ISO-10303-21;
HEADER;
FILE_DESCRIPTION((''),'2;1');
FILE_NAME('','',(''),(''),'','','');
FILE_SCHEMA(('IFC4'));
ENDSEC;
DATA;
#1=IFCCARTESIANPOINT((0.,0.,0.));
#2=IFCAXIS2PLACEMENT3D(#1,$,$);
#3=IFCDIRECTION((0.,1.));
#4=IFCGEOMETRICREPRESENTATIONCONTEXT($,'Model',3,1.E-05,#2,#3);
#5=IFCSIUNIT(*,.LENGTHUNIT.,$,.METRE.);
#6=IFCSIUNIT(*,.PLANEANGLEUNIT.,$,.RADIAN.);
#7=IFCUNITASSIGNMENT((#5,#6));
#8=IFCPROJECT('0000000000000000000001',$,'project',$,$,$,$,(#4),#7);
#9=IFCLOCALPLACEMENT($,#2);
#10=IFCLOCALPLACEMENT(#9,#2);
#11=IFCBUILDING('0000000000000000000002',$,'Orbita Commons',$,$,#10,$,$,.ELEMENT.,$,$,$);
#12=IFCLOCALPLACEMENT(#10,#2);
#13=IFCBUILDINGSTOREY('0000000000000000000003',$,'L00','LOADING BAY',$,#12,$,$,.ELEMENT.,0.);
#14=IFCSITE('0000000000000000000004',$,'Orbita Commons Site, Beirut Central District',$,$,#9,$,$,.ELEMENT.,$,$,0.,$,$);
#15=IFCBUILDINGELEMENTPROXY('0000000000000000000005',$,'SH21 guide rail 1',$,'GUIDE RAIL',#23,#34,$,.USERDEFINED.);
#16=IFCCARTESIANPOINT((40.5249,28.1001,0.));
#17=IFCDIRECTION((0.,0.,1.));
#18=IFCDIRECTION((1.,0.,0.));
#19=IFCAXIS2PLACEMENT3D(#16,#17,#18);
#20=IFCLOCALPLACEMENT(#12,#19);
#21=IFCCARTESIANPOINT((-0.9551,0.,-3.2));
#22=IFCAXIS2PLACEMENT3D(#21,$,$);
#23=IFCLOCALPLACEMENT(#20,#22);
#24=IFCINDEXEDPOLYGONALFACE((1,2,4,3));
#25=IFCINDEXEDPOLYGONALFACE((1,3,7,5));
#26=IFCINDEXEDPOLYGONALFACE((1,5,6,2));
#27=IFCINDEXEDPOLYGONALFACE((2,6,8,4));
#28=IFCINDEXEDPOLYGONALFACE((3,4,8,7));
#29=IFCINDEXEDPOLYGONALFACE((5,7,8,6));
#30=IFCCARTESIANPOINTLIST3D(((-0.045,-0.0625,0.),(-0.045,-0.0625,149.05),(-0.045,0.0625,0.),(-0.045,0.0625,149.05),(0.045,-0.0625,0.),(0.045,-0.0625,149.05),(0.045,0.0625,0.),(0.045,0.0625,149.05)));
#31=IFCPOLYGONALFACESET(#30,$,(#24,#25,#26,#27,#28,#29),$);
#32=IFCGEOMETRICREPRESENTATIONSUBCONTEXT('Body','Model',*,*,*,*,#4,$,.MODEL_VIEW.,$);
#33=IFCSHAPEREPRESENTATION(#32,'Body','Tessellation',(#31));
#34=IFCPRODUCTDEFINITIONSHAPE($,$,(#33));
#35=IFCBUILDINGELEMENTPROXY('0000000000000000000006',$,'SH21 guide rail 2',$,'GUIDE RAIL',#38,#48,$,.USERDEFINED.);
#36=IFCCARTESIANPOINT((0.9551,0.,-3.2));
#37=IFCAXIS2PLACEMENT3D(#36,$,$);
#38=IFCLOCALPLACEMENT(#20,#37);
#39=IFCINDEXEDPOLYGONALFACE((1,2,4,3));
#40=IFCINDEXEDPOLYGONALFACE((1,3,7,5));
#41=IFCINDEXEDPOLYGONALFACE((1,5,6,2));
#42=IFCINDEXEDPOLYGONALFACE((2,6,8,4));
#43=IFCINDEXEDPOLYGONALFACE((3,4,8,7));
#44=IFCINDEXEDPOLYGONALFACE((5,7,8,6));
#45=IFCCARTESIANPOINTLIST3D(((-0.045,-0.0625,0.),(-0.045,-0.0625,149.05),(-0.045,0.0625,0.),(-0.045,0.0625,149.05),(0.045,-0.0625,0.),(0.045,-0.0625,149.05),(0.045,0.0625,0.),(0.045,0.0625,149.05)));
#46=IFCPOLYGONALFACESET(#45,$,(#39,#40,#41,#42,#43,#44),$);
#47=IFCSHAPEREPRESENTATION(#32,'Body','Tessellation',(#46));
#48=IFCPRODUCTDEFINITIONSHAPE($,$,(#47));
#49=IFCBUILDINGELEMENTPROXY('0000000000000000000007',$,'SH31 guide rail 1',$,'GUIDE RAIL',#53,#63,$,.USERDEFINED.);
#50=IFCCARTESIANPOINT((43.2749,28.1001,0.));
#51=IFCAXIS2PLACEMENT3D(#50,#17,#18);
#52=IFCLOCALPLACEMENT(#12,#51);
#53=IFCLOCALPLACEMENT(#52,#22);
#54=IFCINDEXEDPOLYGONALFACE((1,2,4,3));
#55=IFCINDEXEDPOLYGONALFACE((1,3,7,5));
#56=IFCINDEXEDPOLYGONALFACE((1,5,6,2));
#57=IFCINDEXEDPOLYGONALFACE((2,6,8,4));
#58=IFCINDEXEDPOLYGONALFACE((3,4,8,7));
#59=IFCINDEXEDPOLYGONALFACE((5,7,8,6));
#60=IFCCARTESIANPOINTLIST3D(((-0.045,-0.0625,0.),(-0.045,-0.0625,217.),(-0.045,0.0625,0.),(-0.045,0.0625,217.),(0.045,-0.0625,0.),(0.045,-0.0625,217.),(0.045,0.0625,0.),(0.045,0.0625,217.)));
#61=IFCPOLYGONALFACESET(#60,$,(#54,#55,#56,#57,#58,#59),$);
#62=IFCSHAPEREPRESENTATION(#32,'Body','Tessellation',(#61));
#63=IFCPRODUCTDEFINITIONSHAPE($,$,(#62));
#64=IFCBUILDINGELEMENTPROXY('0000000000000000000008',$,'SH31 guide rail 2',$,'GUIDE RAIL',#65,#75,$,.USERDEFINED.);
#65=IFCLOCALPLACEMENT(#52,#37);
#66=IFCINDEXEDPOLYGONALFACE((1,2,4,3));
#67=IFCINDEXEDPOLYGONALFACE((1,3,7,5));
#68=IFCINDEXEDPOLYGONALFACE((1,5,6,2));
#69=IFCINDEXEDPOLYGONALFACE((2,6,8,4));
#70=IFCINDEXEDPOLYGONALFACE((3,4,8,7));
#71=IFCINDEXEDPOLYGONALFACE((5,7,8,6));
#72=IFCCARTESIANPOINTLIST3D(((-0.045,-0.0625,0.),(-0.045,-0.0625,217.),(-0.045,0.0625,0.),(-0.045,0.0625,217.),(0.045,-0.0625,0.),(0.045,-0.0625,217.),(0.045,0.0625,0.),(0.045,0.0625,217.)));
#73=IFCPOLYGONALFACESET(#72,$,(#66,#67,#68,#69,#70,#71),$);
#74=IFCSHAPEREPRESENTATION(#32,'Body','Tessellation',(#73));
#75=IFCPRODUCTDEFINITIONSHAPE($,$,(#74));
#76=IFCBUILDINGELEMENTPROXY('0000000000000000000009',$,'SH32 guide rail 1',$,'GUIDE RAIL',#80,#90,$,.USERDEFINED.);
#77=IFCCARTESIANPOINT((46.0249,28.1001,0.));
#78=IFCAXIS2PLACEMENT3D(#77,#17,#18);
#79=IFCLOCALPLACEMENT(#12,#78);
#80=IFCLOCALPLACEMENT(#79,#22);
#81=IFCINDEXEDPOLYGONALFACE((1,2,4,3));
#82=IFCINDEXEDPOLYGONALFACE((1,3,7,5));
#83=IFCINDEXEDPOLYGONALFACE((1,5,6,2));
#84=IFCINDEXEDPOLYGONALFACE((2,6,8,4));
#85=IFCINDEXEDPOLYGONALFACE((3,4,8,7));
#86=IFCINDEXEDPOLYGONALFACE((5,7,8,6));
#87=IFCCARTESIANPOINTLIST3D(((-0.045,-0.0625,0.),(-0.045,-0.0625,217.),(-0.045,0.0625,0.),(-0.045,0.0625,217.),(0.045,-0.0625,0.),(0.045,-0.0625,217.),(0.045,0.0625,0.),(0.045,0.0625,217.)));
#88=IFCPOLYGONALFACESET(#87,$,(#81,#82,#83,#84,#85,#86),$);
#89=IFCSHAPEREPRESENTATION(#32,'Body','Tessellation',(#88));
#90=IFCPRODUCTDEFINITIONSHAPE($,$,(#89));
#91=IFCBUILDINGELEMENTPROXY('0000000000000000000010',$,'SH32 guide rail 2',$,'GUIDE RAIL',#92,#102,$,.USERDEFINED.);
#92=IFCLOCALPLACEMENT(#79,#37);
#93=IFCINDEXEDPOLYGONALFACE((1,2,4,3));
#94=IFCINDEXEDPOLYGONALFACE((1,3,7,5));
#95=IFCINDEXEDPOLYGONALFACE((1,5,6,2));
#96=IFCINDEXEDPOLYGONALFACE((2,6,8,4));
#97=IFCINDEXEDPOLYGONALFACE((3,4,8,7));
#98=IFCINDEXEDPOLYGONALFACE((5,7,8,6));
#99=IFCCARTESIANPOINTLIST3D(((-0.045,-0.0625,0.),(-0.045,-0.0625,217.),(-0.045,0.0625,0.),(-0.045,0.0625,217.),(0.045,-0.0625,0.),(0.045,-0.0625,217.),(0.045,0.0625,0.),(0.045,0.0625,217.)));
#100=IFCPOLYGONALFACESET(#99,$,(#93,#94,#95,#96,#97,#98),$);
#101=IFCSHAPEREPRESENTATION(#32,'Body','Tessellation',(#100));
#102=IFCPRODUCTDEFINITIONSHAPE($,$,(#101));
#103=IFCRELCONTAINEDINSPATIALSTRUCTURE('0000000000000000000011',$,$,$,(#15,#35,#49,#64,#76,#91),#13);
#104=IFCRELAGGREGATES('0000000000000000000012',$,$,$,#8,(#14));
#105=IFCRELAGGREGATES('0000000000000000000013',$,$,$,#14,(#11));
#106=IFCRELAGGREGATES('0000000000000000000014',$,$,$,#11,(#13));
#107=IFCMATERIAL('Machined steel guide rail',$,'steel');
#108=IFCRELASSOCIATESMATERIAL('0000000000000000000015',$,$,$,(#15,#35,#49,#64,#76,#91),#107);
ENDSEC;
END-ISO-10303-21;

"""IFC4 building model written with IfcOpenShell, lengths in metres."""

from ifc_helpers import new_model, si_unit, direction, frame, origin, origin_2d, place, context, subcontext, project, spatial, rectangle, extrude, material, element, save


model = new_model("IFC4")

# Units and contexts
model_context = context("Model", 3, precision=1e-05, world=origin(), true_north=direction((0.0, 1.0)))
body_context = subcontext(model_context, "Body", "Model", "MODEL_VIEW")
ifc_project = project(units=[si_unit("LENGTHUNIT", "METRE"), si_unit("PLANEANGLEUNIT", "RADIAN")], contexts=[model_context])

# Site, building, storey
site_placement = place(None, origin())
site = spatial("IfcSite", under=ifc_project, at=site_placement, Name="Orbita Commons Site, Beirut Central District", CompositionType="ELEMENT", RefElevation=0.0)
building_placement = place(site_placement, origin())
building = spatial("IfcBuilding", under=site, at=building_placement, Name="Orbita Commons", CompositionType="ELEMENT")
storey_placement = place(building_placement, origin())
storey = spatial("IfcBuildingStorey", under=building, at=storey_placement, Name="L00", Description="LOADING BAY", CompositionType="ELEMENT", Elevation=0.0)

# Shared definitions
transport_element_1_placement = place(storey_placement, frame((40.5249, 28.1001, 0.0), z_axis=(0.0, 0.0, 1.0), x_axis=(1.0, 0.0, 0.0)))
transport_element_2_placement = place(storey_placement, frame((43.2749, 28.1001, 0.0), z_axis=(0.0, 0.0, 1.0), x_axis=(1.0, 0.0, 0.0)))
transport_element_3_placement = place(storey_placement, frame((46.0249, 28.1001, 0.0), z_axis=(0.0, 0.0, 1.0), x_axis=(1.0, 0.0, 0.0)))

# Building element proxies
ifc_material_1 = material(Name="Machined steel guide rail", Category="steel")
for number, where, name in (
    (1, (-0.9551, 0.0, -3.2), "SH21 guide rail 1"),
    (2, (0.9551, 0.0, -3.2), "SH21 guide rail 2"),
):
    element("IfcBuildingElementProxy", number, at=place(transport_element_1_placement, frame(where)), inside=storey, material=ifc_material_1, Name=name, ObjectType="GUIDE RAIL", PredefinedType="USERDEFINED", context=body_context, shape_type="SweptSolid", body=[
        extrude(rectangle(XDim=0.09, YDim=0.125, at=origin_2d()), origin(), (0.0, 0.0, 1.0), 149.05),
    ])
for number, where, name in (
    (3, (-0.9551, 0.0, -3.2), "SH31 guide rail 1"),
    (4, (0.9551, 0.0, -3.2), "SH31 guide rail 2"),
):
    element("IfcBuildingElementProxy", number, at=place(transport_element_2_placement, frame(where)), inside=storey, material=ifc_material_1, Name=name, ObjectType="GUIDE RAIL", PredefinedType="USERDEFINED", context=body_context, shape_type="SweptSolid", body=[
        extrude(rectangle(XDim=0.09, YDim=0.125, at=origin_2d()), origin(), (0.0, 0.0, 1.0), 217.0),
    ])
for number, where, name in (
    (5, (-0.9551, 0.0, -3.2), "SH32 guide rail 1"),
    (6, (0.9551, 0.0, -3.2), "SH32 guide rail 2"),
):
    element("IfcBuildingElementProxy", number, at=place(transport_element_3_placement, frame(where)), inside=storey, material=ifc_material_1, Name=name, ObjectType="GUIDE RAIL", PredefinedType="USERDEFINED", context=body_context, shape_type="SweptSolid", body=[
        extrude(rectangle(XDim=0.09, YDim=0.125, at=origin_2d()), origin(), (0.0, 0.0, 1.0), 217.0),
    ])

save(model, "model.ifc")
